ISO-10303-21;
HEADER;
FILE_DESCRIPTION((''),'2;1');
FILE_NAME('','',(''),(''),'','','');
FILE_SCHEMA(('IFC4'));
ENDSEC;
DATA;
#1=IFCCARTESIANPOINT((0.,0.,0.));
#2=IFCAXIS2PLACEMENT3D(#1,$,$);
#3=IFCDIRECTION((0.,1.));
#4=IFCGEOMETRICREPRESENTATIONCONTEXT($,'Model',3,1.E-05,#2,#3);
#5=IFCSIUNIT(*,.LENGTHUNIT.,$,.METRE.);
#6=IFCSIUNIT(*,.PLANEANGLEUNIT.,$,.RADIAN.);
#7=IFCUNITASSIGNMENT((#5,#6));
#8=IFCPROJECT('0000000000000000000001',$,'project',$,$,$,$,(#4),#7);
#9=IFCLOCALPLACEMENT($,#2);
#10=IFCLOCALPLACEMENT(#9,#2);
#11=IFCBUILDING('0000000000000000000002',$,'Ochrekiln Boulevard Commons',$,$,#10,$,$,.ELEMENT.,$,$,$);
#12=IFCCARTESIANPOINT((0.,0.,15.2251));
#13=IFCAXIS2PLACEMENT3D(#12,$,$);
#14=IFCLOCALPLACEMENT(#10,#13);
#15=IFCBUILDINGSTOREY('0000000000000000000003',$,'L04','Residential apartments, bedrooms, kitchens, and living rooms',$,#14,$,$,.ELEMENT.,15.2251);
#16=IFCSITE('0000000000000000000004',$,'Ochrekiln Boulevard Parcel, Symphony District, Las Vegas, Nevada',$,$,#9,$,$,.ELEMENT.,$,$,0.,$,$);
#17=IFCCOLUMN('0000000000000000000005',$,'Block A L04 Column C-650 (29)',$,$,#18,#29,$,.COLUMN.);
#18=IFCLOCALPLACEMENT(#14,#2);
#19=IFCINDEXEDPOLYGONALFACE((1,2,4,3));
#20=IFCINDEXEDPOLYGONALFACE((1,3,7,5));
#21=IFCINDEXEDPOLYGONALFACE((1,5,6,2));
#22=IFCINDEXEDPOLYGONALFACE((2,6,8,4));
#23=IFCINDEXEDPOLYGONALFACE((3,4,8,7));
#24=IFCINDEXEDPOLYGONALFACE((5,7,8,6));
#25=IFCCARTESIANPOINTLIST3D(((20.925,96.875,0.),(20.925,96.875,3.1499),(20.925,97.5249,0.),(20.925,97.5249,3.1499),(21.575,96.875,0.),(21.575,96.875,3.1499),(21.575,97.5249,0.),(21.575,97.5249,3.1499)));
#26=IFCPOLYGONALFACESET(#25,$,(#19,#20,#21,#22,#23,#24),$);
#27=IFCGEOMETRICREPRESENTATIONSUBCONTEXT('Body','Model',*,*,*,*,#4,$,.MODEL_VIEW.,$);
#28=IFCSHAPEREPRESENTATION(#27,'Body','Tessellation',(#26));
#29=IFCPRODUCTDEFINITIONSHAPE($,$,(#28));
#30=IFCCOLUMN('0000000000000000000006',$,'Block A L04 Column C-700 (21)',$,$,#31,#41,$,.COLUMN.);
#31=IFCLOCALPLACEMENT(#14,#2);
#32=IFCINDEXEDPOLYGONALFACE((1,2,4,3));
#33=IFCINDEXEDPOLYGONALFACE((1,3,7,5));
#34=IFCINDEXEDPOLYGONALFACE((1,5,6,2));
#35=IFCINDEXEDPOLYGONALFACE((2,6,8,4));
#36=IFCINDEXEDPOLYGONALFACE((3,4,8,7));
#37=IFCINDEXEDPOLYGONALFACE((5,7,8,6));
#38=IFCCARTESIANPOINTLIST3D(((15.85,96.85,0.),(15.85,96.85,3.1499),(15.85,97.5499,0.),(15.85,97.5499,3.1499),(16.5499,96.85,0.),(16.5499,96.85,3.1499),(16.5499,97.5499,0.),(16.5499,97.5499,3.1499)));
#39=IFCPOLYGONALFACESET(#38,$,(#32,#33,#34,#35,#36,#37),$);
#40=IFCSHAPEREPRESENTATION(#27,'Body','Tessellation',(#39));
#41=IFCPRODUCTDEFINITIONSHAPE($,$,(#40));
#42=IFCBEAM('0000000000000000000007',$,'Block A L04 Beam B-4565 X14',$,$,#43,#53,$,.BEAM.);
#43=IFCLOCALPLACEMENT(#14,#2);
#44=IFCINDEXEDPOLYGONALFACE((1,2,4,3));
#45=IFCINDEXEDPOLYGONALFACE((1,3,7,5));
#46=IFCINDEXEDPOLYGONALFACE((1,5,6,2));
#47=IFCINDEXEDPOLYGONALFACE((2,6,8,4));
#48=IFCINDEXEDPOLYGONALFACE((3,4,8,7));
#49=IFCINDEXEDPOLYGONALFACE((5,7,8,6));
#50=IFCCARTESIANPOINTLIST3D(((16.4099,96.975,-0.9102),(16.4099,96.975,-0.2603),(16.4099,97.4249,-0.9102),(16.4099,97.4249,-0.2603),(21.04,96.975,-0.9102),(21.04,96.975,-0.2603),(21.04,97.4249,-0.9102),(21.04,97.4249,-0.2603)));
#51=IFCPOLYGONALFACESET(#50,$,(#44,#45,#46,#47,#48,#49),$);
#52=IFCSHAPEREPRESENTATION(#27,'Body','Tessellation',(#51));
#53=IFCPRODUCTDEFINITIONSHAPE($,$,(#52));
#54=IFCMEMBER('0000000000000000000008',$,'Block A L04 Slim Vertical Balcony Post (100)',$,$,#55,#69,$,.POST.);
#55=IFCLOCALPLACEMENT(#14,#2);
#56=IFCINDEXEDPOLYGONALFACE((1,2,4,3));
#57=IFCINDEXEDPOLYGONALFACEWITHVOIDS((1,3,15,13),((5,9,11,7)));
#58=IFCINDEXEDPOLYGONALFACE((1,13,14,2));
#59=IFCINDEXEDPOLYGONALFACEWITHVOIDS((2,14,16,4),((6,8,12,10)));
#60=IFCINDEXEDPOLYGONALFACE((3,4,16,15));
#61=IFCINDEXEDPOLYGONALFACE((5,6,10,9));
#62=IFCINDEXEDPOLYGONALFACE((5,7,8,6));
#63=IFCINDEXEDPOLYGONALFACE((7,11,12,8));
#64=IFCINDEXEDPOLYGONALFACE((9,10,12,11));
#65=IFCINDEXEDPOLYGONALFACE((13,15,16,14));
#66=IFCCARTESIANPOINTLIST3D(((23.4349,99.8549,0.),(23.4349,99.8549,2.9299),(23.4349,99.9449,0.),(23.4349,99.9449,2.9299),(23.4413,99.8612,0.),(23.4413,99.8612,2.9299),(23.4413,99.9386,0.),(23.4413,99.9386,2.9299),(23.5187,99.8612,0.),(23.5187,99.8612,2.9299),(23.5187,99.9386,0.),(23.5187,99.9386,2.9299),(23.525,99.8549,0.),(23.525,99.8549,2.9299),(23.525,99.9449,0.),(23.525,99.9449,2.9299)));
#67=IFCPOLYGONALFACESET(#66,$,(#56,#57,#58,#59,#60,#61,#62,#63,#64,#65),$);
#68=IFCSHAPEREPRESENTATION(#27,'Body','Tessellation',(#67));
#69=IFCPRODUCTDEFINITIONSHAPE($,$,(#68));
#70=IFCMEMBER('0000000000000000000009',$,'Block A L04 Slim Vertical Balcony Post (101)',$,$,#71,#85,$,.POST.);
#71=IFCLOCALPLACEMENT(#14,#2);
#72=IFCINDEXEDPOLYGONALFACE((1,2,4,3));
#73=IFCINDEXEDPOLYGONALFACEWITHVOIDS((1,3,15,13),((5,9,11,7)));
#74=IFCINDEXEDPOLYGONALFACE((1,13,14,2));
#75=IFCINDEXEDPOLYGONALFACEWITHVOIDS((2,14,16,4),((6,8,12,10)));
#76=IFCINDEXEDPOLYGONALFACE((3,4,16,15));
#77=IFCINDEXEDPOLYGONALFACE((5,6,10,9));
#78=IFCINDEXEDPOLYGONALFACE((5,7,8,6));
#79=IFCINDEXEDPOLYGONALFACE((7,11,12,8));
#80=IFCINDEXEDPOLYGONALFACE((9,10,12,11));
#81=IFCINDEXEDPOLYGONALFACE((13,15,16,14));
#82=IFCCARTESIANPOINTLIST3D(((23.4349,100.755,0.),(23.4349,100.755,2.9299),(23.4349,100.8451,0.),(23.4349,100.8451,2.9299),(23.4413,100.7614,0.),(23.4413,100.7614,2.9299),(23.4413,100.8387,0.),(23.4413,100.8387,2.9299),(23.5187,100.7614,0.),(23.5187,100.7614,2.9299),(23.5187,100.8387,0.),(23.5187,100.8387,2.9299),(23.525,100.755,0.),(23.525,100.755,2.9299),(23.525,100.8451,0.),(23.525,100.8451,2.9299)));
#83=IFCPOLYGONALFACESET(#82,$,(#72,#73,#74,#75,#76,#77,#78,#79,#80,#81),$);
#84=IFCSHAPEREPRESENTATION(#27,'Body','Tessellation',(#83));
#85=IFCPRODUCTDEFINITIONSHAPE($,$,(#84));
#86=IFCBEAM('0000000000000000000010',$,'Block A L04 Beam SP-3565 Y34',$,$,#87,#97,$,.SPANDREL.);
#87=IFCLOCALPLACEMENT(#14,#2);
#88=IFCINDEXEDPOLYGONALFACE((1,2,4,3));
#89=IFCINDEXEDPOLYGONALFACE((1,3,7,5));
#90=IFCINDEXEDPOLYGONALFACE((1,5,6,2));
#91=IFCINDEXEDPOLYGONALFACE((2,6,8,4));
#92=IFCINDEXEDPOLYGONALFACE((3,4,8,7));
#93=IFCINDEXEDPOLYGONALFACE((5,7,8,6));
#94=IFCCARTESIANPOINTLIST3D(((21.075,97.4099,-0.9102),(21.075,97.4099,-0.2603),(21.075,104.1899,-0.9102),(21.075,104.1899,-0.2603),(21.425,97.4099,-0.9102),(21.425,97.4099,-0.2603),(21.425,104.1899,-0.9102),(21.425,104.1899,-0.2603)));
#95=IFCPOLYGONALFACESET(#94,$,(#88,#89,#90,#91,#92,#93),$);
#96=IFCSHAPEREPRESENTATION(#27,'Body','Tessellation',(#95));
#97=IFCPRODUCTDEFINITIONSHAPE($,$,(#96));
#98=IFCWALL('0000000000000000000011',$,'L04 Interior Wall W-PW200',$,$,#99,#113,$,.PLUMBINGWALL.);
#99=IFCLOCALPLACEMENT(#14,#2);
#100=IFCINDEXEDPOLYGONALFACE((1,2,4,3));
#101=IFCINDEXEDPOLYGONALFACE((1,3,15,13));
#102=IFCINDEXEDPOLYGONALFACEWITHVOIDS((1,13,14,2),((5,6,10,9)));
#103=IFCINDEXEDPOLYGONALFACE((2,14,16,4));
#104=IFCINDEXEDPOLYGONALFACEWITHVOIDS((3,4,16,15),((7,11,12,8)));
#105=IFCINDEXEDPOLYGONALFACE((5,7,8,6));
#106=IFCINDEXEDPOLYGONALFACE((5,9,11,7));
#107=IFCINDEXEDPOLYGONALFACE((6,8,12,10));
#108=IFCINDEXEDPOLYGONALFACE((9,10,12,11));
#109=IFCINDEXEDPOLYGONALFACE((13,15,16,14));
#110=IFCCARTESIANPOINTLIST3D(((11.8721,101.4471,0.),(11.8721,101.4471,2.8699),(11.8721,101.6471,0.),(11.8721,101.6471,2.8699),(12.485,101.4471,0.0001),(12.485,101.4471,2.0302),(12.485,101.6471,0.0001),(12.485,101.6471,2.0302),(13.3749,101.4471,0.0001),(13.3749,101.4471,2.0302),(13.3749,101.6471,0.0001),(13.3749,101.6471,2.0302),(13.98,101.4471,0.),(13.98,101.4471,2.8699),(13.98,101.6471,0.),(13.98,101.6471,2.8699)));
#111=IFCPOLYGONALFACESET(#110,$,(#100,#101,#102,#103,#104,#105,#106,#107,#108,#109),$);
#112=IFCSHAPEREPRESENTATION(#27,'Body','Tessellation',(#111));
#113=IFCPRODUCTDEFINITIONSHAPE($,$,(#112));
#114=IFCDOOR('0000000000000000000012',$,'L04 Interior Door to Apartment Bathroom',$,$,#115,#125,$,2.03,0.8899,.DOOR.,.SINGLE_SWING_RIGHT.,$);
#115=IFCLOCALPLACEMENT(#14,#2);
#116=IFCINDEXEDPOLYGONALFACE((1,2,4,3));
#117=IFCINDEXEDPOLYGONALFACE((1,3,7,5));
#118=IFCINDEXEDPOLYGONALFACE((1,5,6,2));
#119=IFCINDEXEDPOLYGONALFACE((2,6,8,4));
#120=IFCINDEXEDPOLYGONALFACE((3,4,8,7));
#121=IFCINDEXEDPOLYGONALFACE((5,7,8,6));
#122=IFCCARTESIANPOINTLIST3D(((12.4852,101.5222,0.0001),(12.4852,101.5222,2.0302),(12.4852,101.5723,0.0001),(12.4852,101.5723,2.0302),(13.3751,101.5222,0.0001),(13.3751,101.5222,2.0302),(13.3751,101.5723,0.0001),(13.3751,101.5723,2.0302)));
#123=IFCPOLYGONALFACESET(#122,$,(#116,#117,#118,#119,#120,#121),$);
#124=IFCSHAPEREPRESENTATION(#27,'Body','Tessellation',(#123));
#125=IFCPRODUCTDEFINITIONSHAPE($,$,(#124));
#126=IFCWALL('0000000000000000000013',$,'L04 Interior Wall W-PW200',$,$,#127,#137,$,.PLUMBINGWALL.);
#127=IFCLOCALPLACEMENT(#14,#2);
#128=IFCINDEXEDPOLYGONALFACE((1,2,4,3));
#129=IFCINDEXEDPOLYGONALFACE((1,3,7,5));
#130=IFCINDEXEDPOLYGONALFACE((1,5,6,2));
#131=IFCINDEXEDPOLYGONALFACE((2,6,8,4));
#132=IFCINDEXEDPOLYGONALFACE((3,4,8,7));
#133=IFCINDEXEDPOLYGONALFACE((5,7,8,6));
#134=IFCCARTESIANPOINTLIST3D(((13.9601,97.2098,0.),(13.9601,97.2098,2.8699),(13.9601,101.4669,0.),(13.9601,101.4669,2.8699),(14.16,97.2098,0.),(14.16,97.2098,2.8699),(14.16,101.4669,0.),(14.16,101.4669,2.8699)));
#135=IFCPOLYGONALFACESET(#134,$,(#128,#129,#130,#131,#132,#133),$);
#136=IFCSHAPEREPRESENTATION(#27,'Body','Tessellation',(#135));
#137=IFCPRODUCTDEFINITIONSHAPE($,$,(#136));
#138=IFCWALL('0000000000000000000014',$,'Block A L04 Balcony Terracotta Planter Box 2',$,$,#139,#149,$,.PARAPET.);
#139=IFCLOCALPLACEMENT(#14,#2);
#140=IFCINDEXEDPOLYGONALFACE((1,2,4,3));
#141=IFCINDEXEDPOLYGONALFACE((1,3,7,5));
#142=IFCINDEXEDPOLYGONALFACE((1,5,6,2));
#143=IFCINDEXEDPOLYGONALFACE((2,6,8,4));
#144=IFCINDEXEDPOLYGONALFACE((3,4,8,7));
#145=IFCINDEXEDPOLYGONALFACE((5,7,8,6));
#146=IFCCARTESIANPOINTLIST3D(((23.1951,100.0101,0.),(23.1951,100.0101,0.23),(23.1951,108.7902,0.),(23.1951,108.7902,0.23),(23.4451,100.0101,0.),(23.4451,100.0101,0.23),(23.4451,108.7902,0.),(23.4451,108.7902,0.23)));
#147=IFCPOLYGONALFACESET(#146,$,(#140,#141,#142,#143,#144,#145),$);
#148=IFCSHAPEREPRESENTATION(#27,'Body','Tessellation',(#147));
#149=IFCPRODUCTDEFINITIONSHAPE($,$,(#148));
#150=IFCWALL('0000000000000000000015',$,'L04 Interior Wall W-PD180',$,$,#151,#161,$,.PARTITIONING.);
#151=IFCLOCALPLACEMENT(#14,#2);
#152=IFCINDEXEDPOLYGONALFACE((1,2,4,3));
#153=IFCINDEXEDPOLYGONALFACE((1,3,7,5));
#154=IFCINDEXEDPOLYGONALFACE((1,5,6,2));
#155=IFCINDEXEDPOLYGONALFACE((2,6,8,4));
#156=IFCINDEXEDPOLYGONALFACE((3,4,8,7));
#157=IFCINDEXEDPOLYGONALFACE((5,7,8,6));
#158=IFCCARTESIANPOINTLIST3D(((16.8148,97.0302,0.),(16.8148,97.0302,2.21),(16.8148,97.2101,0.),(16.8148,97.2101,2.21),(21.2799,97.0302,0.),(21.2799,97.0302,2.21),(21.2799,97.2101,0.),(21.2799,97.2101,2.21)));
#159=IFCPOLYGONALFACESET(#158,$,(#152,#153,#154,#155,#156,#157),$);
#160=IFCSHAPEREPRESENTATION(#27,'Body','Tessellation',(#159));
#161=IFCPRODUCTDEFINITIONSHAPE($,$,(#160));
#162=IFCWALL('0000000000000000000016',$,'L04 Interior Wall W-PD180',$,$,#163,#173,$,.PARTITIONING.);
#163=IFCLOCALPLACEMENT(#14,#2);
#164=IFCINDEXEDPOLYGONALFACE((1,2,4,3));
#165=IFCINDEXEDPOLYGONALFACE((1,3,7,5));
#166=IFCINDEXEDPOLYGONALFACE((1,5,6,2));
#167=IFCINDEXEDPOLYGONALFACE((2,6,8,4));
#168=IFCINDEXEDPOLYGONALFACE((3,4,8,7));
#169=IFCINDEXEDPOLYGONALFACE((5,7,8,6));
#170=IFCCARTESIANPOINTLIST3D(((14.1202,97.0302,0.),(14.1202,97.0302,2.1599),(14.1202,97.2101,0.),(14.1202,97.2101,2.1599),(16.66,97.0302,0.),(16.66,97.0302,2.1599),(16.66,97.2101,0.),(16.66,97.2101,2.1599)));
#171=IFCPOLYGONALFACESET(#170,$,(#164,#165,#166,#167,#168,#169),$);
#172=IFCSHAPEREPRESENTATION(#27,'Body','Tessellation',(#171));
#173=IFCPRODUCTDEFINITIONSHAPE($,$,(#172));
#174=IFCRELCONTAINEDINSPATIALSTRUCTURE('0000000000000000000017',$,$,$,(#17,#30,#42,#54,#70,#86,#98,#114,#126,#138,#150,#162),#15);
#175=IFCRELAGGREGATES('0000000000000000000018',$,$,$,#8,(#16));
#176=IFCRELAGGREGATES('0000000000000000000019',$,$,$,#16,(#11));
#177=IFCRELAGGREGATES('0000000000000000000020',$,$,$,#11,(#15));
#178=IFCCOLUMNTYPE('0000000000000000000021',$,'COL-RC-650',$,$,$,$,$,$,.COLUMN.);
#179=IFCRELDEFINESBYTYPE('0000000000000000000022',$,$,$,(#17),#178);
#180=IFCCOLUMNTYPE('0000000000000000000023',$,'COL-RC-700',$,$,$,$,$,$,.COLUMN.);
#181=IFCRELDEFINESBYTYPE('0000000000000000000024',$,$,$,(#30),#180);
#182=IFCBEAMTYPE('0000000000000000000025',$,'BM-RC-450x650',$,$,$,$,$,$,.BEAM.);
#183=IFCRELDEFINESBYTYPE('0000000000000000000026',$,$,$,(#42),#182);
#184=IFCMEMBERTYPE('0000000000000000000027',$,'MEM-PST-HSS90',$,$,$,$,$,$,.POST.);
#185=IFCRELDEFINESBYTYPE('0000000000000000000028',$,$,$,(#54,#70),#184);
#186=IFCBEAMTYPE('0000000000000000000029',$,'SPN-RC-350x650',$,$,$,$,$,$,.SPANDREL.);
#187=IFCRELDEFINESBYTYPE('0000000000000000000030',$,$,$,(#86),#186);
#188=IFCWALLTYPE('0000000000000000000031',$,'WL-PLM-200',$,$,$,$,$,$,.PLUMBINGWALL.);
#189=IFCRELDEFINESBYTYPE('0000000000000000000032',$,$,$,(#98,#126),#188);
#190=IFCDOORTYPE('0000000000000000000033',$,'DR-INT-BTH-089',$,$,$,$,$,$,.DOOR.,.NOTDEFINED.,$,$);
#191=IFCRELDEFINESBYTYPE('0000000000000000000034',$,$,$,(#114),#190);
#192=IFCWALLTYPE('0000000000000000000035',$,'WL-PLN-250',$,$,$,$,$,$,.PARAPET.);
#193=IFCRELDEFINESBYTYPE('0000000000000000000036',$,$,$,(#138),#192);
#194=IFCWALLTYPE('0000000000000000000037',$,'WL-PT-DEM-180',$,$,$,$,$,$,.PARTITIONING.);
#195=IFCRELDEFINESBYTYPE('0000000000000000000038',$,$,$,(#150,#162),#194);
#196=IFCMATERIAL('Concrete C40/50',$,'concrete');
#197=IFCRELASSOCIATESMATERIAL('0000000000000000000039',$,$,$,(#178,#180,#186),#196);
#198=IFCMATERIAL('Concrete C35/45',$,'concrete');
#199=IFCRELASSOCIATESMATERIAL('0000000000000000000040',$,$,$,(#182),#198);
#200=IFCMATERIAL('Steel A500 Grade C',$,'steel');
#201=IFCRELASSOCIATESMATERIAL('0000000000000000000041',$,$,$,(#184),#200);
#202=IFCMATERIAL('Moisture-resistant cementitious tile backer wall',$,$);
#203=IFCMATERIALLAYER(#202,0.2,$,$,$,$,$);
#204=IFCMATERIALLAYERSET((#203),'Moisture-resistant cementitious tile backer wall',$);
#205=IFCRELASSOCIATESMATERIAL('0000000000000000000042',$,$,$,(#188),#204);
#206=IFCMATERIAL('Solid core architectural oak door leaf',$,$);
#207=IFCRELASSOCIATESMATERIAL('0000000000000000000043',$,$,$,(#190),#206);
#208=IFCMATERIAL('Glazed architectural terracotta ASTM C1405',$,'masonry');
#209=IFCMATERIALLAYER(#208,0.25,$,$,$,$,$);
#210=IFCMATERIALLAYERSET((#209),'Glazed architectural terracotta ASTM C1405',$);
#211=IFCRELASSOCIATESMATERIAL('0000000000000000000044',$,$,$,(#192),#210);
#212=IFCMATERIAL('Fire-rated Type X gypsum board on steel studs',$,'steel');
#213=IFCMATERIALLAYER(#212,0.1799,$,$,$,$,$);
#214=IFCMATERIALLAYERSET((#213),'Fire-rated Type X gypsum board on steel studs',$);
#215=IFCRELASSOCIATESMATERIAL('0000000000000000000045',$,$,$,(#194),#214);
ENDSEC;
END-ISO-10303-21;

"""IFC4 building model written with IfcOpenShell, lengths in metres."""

from ifc_helpers import new_model, si_unit, direction, frame, frame_2d, origin, origin_2d, place, context, subcontext, project, spatial, rectangle, hollow_rectangle, extrude, material, layer, layer_set, material_profile, profile_set, type_object, element, fill, save


model = new_model("IFC4")

# Units and contexts
model_context = context("Model", 3, precision=1e-05, world=origin(), true_north=direction((0.0, 1.0)))
body_context = subcontext(model_context, "Body", "Model", "MODEL_VIEW")
ifc_project = project(units=[si_unit("LENGTHUNIT", "METRE"), si_unit("PLANEANGLEUNIT", "RADIAN")], contexts=[model_context])

# Site, building, storey
site_placement = place(None, origin())
site = spatial("IfcSite", under=ifc_project, at=site_placement, Name="Ochrekiln Boulevard Parcel, Symphony District, Las Vegas, Nevada", CompositionType="ELEMENT", RefElevation=0.0)
building_placement = place(site_placement, origin())
building = spatial("IfcBuilding", under=site, at=building_placement, Name="Ochrekiln Boulevard Commons", CompositionType="ELEMENT")
storey_placement = place(building_placement, frame((0.0, 0.0, 15.2251)))
storey = spatial("IfcBuildingStorey", under=building, at=storey_placement, Name="L04", Description="Residential apartments, bedrooms, kitchens, and living rooms", CompositionType="ELEMENT", Elevation=15.2251)

# Columns
ifc_material_1 = material(Name="Concrete C40/50", Category="concrete")
ifc_material_profile_1 = material_profile(ifc_material_1, rectangle(XDim=0.6499, YDim=0.6499, at=origin_2d()), Name="RC-COL-650x650")
ifc_profile_set_1 = profile_set([ifc_material_profile_1], Name="Concrete C40/50")
column_type_1 = type_object("IfcColumnType", Name="COL-RC-650", PredefinedType="COLUMN", material=ifc_profile_set_1)
column_1_placement = place(storey_placement, frame((21.25, 97.2, 0.0), z_axis=(0.0, 0.0, 1.0), x_axis=(1.0, 0.0, 0.0)))
element("IfcColumn", 1, at=column_1_placement, inside=storey, type_object=column_type_1, Name="Block A L04 Column C-650 (29)", PredefinedType="COLUMN", context=body_context, shape_type="SweptSolid", body=[
    extrude(rectangle(XDim=0.6499, YDim=0.6499, at=origin_2d()), origin(), (0.0, 0.0, 1.0), 3.1499),
])
ifc_material_profile_2 = material_profile(ifc_material_1, rectangle(XDim=0.7, YDim=0.7, at=origin_2d()), Name="RC-COL-700x700")
ifc_profile_set_2 = profile_set([ifc_material_profile_2], Name="Concrete C40/50")
column_type_2 = type_object("IfcColumnType", Name="COL-RC-700", PredefinedType="COLUMN", material=ifc_profile_set_2)
column_2_placement = place(storey_placement, frame((16.2, 97.2, 0.0), z_axis=(0.0, 0.0, 1.0), x_axis=(1.0, 0.0, 0.0)))
element("IfcColumn", 2, at=column_2_placement, inside=storey, type_object=column_type_2, Name="Block A L04 Column C-700 (21)", PredefinedType="COLUMN", context=body_context, shape_type="SweptSolid", body=[
    extrude(rectangle(XDim=0.7, YDim=0.7, at=origin_2d()), origin(), (0.0, 0.0, 1.0), 3.1499),
])

# Beam
ifc_material_2 = material(Name="Concrete C35/45", Category="concrete")
ifc_material_profile_3 = material_profile(ifc_material_2, rectangle(XDim=0.45, YDim=0.6499, at=origin_2d()), Name="RC-BM-450x650")
ifc_profile_set_3 = profile_set([ifc_material_profile_3], Name="Concrete C35/45")
beam_type_1 = type_object("IfcBeamType", Name="BM-RC-450x650", PredefinedType="BEAM", material=ifc_profile_set_3)
beam_1_placement = place(storey_placement, frame((16.4099, 97.2, -0.5852), z_axis=(1.0, 0.0, 0.0), x_axis=(0.0, 1.0, 0.0)))
element("IfcBeam", 3, at=beam_1_placement, inside=storey, type_object=beam_type_1, Name="Block A L04 Beam B-4565 X14", PredefinedType="BEAM", context=body_context, shape_type="SweptSolid", body=[
    extrude(rectangle(XDim=0.45, YDim=0.6499, at=origin_2d()), origin(), (0.0, 0.0, 1.0), 4.6301),
])

# Members
ifc_material_3 = material(Name="Steel A500 Grade C", Category="steel")
ifc_material_profile_4 = material_profile(ifc_material_3, hollow_rectangle(XDim=0.0901, YDim=0.0901, WallThickness=0.0063, at=origin_2d()), Name="HSS90X90X6.4")
ifc_profile_set_4 = profile_set([ifc_material_profile_4], Name="Steel A500 Grade C")
member_type = type_object("IfcMemberType", Name="MEM-PST-HSS90", PredefinedType="POST", material=ifc_profile_set_4)
for number, where, z_axis, x_axis, name in (
    (4, (23.48, 99.8999, 0.0), (0.0, 0.0, 1.0), (1.0, 0.0, 0.0), "Block A L04 Slim Vertical Balcony Post (100)"),
    (5, (23.48, 100.8, 0.0), (0.0, 0.0, 1.0), (1.0, 0.0, 0.0), "Block A L04 Slim Vertical Balcony Post (101)"),
):
    element("IfcMember", number, at=place(storey_placement, frame(where, z_axis=z_axis, x_axis=x_axis)), inside=storey, type_object=member_type, Name=name, PredefinedType="POST", context=body_context, shape_type="SweptSolid", body=[
        extrude(hollow_rectangle(XDim=0.0901, YDim=0.0901, WallThickness=0.0063, at=origin_2d()), origin(), (0.0, 0.0, 1.0), 2.9299),
    ])

# Beam
ifc_material_profile_5 = material_profile(ifc_material_1, rectangle(XDim=0.3501, YDim=0.6499, at=origin_2d()), Name="RC-SPN-350x650")
ifc_profile_set_5 = profile_set([ifc_material_profile_5], Name="Concrete C40/50")
beam_type_2 = type_object("IfcBeamType", Name="SPN-RC-350x650", PredefinedType="SPANDREL", material=ifc_profile_set_5)
beam_2_placement = place(storey_placement, frame((21.25, 97.4099, -0.5852), z_axis=(0.0, 1.0, 0.0), x_axis=(-1.0, 0.0, 0.0)))
element("IfcBeam", 6, at=beam_2_placement, inside=storey, type_object=beam_type_2, Name="Block A L04 Beam SP-3565 Y34", PredefinedType="SPANDREL", context=body_context, shape_type="SweptSolid", body=[
    extrude(rectangle(XDim=0.3501, YDim=0.6499, at=origin_2d()), origin(), (0.0, 0.0, 1.0), 6.78),
])

# Wall, opening, door
ifc_material_4 = material(Name="Moisture-resistant cementitious tile backer wall")
ifc_layer_1 = layer(ifc_material_4, 0.2)
ifc_layer_set_1 = layer_set([ifc_layer_1], Name="Moisture-resistant cementitious tile backer wall")
wall_type_1 = type_object("IfcWallType", Name="WL-PLM-200", PredefinedType="PLUMBINGWALL", material=ifc_layer_set_1)
wall_1_placement = place(storey_placement, frame((11.8721, 101.5471, 0.0), z_axis=(0.0, 0.0, 1.0), x_axis=(1.0, 0.0, 0.0)))
wall_1 = element("IfcWall", 7, at=wall_1_placement, inside=storey, type_object=wall_type_1, Name="L04 Interior Wall W-PW200", PredefinedType="PLUMBINGWALL", context=body_context, shape_type="SweptSolid", body=[
    extrude(rectangle(XDim=2.1079, YDim=0.2, at=frame_2d((1.054, 0.0))), origin(), (0.0, 0.0, 1.0), 2.8699),
])
opening_placement = place(wall_1_placement, frame((0.613, 0.0, 0.0)))
opening = element("IfcOpeningElement", 8, at=opening_placement, cuts=wall_1, PredefinedType="OPENING", context=body_context, shape_type="SweptSolid", body=[
    extrude(rectangle(XDim=0.8899, YDim=2.03, at=frame_2d((0.4448, 1.0151))), frame((0.0, 0.1099, 0.0), z_axis=(0.0, -1.0, 0.0), x_axis=(1.0, 0.0, 0.0)), (0.0, 0.0, 1.0), 0.22),
])
ifc_material_5 = material(Name="Solid core architectural oak door leaf")
door_type = type_object("IfcDoorType", Name="DR-INT-BTH-089", OperationType="NOTDEFINED", PredefinedType="DOOR", material=ifc_material_5)
door_placement = place(opening_placement, frame((0.8899, 0.0, 0.0), z_axis=(0.0, 0.0, 1.0), x_axis=(-1.0, 0.0, 0.0)))
door = element("IfcDoor", 9, at=door_placement, inside=storey, type_object=door_type, Name="L04 Interior Door to Apartment Bathroom", OperationType="SINGLE_SWING_RIGHT", OverallHeight=2.03, OverallWidth=0.8899, PredefinedType="DOOR", context=body_context, shape_type="SweptSolid", body=[
    extrude(rectangle(XDim=0.8899, YDim=2.03, at=frame_2d((0.4448, 1.0151))), frame((0.0, 0.0249, 0.0), z_axis=(0.0, -1.0, 0.0), x_axis=(1.0, 0.0, 0.0)), (0.0, 0.0, 1.0), 0.05),
])
fill(opening, door)

# Walls
wall_2_placement = place(storey_placement, frame((14.0601, 97.21, 0.0), z_axis=(0.0, 0.0, 1.0), x_axis=(0.0, 1.0, 0.0)))
element("IfcWall", 10, at=wall_2_placement, inside=storey, type_object=wall_type_1, Name="L04 Interior Wall W-PW200", PredefinedType="PLUMBINGWALL", context=body_context, shape_type="SweptSolid", body=[
    extrude(rectangle(XDim=4.2571, YDim=0.2, at=frame_2d((2.1284, 0.0))), origin(), (0.0, 0.0, 1.0), 2.8699),
])
ifc_material_6 = material(Name="Glazed architectural terracotta ASTM C1405", Category="masonry")
ifc_layer_2 = layer(ifc_material_6, 0.25)
ifc_layer_set_2 = layer_set([ifc_layer_2], Name="Glazed architectural terracotta ASTM C1405")
wall_type_2 = type_object("IfcWallType", Name="WL-PLN-250", PredefinedType="PARAPET", material=ifc_layer_set_2)
wall_3_placement = place(storey_placement, frame((23.3201, 100.01, 0.0), z_axis=(0.0, 0.0, 1.0), x_axis=(0.0, 1.0, 0.0)))
element("IfcWall", 11, at=wall_3_placement, inside=storey, type_object=wall_type_2, Name="Block A L04 Balcony Terracotta Planter Box 2", PredefinedType="PARAPET", context=body_context, shape_type="SweptSolid", body=[
    extrude(rectangle(XDim=8.78, YDim=0.25, at=frame_2d((4.3901, 0.0))), origin(), (0.0, 0.0, 1.0), 0.23),
])
ifc_material_7 = material(Name="Fire-rated Type X gypsum board on steel studs", Category="steel")
ifc_layer_3 = layer(ifc_material_7, 0.1799)
ifc_layer_set_3 = layer_set([ifc_layer_3], Name="Fire-rated Type X gypsum board on steel studs")
wall_type_3 = type_object("IfcWallType", Name="WL-PT-DEM-180", PredefinedType="PARTITIONING", material=ifc_layer_set_3)
wall_4_placement = place(storey_placement, frame((16.8149, 97.1201, 0.0), z_axis=(0.0, 0.0, 1.0), x_axis=(1.0, 0.0, 0.0)))
element("IfcWall", 12, at=wall_4_placement, inside=storey, type_object=wall_type_3, Name="L04 Interior Wall W-PD180", PredefinedType="PARTITIONING", context=body_context, shape_type="SweptSolid", body=[
    extrude(rectangle(XDim=4.4651, YDim=0.1799, at=frame_2d((2.2324, 0.0))), origin(), (0.0, 0.0, 1.0), 2.21),
])
wall_5_placement = place(storey_placement, frame((14.1201, 97.1201, 0.0), z_axis=(0.0, 0.0, 1.0), x_axis=(1.0, 0.0, 0.0)))
element("IfcWall", 13, at=wall_5_placement, inside=storey, type_object=wall_type_3, Name="L04 Interior Wall W-PD180", PredefinedType="PARTITIONING", context=body_context, shape_type="SweptSolid", body=[
    extrude(rectangle(XDim=2.5398, YDim=0.1799, at=frame_2d((1.27, 0.0))), origin(), (0.0, 0.0, 1.0), 2.1599),
])

save(model, "model.ifc")
